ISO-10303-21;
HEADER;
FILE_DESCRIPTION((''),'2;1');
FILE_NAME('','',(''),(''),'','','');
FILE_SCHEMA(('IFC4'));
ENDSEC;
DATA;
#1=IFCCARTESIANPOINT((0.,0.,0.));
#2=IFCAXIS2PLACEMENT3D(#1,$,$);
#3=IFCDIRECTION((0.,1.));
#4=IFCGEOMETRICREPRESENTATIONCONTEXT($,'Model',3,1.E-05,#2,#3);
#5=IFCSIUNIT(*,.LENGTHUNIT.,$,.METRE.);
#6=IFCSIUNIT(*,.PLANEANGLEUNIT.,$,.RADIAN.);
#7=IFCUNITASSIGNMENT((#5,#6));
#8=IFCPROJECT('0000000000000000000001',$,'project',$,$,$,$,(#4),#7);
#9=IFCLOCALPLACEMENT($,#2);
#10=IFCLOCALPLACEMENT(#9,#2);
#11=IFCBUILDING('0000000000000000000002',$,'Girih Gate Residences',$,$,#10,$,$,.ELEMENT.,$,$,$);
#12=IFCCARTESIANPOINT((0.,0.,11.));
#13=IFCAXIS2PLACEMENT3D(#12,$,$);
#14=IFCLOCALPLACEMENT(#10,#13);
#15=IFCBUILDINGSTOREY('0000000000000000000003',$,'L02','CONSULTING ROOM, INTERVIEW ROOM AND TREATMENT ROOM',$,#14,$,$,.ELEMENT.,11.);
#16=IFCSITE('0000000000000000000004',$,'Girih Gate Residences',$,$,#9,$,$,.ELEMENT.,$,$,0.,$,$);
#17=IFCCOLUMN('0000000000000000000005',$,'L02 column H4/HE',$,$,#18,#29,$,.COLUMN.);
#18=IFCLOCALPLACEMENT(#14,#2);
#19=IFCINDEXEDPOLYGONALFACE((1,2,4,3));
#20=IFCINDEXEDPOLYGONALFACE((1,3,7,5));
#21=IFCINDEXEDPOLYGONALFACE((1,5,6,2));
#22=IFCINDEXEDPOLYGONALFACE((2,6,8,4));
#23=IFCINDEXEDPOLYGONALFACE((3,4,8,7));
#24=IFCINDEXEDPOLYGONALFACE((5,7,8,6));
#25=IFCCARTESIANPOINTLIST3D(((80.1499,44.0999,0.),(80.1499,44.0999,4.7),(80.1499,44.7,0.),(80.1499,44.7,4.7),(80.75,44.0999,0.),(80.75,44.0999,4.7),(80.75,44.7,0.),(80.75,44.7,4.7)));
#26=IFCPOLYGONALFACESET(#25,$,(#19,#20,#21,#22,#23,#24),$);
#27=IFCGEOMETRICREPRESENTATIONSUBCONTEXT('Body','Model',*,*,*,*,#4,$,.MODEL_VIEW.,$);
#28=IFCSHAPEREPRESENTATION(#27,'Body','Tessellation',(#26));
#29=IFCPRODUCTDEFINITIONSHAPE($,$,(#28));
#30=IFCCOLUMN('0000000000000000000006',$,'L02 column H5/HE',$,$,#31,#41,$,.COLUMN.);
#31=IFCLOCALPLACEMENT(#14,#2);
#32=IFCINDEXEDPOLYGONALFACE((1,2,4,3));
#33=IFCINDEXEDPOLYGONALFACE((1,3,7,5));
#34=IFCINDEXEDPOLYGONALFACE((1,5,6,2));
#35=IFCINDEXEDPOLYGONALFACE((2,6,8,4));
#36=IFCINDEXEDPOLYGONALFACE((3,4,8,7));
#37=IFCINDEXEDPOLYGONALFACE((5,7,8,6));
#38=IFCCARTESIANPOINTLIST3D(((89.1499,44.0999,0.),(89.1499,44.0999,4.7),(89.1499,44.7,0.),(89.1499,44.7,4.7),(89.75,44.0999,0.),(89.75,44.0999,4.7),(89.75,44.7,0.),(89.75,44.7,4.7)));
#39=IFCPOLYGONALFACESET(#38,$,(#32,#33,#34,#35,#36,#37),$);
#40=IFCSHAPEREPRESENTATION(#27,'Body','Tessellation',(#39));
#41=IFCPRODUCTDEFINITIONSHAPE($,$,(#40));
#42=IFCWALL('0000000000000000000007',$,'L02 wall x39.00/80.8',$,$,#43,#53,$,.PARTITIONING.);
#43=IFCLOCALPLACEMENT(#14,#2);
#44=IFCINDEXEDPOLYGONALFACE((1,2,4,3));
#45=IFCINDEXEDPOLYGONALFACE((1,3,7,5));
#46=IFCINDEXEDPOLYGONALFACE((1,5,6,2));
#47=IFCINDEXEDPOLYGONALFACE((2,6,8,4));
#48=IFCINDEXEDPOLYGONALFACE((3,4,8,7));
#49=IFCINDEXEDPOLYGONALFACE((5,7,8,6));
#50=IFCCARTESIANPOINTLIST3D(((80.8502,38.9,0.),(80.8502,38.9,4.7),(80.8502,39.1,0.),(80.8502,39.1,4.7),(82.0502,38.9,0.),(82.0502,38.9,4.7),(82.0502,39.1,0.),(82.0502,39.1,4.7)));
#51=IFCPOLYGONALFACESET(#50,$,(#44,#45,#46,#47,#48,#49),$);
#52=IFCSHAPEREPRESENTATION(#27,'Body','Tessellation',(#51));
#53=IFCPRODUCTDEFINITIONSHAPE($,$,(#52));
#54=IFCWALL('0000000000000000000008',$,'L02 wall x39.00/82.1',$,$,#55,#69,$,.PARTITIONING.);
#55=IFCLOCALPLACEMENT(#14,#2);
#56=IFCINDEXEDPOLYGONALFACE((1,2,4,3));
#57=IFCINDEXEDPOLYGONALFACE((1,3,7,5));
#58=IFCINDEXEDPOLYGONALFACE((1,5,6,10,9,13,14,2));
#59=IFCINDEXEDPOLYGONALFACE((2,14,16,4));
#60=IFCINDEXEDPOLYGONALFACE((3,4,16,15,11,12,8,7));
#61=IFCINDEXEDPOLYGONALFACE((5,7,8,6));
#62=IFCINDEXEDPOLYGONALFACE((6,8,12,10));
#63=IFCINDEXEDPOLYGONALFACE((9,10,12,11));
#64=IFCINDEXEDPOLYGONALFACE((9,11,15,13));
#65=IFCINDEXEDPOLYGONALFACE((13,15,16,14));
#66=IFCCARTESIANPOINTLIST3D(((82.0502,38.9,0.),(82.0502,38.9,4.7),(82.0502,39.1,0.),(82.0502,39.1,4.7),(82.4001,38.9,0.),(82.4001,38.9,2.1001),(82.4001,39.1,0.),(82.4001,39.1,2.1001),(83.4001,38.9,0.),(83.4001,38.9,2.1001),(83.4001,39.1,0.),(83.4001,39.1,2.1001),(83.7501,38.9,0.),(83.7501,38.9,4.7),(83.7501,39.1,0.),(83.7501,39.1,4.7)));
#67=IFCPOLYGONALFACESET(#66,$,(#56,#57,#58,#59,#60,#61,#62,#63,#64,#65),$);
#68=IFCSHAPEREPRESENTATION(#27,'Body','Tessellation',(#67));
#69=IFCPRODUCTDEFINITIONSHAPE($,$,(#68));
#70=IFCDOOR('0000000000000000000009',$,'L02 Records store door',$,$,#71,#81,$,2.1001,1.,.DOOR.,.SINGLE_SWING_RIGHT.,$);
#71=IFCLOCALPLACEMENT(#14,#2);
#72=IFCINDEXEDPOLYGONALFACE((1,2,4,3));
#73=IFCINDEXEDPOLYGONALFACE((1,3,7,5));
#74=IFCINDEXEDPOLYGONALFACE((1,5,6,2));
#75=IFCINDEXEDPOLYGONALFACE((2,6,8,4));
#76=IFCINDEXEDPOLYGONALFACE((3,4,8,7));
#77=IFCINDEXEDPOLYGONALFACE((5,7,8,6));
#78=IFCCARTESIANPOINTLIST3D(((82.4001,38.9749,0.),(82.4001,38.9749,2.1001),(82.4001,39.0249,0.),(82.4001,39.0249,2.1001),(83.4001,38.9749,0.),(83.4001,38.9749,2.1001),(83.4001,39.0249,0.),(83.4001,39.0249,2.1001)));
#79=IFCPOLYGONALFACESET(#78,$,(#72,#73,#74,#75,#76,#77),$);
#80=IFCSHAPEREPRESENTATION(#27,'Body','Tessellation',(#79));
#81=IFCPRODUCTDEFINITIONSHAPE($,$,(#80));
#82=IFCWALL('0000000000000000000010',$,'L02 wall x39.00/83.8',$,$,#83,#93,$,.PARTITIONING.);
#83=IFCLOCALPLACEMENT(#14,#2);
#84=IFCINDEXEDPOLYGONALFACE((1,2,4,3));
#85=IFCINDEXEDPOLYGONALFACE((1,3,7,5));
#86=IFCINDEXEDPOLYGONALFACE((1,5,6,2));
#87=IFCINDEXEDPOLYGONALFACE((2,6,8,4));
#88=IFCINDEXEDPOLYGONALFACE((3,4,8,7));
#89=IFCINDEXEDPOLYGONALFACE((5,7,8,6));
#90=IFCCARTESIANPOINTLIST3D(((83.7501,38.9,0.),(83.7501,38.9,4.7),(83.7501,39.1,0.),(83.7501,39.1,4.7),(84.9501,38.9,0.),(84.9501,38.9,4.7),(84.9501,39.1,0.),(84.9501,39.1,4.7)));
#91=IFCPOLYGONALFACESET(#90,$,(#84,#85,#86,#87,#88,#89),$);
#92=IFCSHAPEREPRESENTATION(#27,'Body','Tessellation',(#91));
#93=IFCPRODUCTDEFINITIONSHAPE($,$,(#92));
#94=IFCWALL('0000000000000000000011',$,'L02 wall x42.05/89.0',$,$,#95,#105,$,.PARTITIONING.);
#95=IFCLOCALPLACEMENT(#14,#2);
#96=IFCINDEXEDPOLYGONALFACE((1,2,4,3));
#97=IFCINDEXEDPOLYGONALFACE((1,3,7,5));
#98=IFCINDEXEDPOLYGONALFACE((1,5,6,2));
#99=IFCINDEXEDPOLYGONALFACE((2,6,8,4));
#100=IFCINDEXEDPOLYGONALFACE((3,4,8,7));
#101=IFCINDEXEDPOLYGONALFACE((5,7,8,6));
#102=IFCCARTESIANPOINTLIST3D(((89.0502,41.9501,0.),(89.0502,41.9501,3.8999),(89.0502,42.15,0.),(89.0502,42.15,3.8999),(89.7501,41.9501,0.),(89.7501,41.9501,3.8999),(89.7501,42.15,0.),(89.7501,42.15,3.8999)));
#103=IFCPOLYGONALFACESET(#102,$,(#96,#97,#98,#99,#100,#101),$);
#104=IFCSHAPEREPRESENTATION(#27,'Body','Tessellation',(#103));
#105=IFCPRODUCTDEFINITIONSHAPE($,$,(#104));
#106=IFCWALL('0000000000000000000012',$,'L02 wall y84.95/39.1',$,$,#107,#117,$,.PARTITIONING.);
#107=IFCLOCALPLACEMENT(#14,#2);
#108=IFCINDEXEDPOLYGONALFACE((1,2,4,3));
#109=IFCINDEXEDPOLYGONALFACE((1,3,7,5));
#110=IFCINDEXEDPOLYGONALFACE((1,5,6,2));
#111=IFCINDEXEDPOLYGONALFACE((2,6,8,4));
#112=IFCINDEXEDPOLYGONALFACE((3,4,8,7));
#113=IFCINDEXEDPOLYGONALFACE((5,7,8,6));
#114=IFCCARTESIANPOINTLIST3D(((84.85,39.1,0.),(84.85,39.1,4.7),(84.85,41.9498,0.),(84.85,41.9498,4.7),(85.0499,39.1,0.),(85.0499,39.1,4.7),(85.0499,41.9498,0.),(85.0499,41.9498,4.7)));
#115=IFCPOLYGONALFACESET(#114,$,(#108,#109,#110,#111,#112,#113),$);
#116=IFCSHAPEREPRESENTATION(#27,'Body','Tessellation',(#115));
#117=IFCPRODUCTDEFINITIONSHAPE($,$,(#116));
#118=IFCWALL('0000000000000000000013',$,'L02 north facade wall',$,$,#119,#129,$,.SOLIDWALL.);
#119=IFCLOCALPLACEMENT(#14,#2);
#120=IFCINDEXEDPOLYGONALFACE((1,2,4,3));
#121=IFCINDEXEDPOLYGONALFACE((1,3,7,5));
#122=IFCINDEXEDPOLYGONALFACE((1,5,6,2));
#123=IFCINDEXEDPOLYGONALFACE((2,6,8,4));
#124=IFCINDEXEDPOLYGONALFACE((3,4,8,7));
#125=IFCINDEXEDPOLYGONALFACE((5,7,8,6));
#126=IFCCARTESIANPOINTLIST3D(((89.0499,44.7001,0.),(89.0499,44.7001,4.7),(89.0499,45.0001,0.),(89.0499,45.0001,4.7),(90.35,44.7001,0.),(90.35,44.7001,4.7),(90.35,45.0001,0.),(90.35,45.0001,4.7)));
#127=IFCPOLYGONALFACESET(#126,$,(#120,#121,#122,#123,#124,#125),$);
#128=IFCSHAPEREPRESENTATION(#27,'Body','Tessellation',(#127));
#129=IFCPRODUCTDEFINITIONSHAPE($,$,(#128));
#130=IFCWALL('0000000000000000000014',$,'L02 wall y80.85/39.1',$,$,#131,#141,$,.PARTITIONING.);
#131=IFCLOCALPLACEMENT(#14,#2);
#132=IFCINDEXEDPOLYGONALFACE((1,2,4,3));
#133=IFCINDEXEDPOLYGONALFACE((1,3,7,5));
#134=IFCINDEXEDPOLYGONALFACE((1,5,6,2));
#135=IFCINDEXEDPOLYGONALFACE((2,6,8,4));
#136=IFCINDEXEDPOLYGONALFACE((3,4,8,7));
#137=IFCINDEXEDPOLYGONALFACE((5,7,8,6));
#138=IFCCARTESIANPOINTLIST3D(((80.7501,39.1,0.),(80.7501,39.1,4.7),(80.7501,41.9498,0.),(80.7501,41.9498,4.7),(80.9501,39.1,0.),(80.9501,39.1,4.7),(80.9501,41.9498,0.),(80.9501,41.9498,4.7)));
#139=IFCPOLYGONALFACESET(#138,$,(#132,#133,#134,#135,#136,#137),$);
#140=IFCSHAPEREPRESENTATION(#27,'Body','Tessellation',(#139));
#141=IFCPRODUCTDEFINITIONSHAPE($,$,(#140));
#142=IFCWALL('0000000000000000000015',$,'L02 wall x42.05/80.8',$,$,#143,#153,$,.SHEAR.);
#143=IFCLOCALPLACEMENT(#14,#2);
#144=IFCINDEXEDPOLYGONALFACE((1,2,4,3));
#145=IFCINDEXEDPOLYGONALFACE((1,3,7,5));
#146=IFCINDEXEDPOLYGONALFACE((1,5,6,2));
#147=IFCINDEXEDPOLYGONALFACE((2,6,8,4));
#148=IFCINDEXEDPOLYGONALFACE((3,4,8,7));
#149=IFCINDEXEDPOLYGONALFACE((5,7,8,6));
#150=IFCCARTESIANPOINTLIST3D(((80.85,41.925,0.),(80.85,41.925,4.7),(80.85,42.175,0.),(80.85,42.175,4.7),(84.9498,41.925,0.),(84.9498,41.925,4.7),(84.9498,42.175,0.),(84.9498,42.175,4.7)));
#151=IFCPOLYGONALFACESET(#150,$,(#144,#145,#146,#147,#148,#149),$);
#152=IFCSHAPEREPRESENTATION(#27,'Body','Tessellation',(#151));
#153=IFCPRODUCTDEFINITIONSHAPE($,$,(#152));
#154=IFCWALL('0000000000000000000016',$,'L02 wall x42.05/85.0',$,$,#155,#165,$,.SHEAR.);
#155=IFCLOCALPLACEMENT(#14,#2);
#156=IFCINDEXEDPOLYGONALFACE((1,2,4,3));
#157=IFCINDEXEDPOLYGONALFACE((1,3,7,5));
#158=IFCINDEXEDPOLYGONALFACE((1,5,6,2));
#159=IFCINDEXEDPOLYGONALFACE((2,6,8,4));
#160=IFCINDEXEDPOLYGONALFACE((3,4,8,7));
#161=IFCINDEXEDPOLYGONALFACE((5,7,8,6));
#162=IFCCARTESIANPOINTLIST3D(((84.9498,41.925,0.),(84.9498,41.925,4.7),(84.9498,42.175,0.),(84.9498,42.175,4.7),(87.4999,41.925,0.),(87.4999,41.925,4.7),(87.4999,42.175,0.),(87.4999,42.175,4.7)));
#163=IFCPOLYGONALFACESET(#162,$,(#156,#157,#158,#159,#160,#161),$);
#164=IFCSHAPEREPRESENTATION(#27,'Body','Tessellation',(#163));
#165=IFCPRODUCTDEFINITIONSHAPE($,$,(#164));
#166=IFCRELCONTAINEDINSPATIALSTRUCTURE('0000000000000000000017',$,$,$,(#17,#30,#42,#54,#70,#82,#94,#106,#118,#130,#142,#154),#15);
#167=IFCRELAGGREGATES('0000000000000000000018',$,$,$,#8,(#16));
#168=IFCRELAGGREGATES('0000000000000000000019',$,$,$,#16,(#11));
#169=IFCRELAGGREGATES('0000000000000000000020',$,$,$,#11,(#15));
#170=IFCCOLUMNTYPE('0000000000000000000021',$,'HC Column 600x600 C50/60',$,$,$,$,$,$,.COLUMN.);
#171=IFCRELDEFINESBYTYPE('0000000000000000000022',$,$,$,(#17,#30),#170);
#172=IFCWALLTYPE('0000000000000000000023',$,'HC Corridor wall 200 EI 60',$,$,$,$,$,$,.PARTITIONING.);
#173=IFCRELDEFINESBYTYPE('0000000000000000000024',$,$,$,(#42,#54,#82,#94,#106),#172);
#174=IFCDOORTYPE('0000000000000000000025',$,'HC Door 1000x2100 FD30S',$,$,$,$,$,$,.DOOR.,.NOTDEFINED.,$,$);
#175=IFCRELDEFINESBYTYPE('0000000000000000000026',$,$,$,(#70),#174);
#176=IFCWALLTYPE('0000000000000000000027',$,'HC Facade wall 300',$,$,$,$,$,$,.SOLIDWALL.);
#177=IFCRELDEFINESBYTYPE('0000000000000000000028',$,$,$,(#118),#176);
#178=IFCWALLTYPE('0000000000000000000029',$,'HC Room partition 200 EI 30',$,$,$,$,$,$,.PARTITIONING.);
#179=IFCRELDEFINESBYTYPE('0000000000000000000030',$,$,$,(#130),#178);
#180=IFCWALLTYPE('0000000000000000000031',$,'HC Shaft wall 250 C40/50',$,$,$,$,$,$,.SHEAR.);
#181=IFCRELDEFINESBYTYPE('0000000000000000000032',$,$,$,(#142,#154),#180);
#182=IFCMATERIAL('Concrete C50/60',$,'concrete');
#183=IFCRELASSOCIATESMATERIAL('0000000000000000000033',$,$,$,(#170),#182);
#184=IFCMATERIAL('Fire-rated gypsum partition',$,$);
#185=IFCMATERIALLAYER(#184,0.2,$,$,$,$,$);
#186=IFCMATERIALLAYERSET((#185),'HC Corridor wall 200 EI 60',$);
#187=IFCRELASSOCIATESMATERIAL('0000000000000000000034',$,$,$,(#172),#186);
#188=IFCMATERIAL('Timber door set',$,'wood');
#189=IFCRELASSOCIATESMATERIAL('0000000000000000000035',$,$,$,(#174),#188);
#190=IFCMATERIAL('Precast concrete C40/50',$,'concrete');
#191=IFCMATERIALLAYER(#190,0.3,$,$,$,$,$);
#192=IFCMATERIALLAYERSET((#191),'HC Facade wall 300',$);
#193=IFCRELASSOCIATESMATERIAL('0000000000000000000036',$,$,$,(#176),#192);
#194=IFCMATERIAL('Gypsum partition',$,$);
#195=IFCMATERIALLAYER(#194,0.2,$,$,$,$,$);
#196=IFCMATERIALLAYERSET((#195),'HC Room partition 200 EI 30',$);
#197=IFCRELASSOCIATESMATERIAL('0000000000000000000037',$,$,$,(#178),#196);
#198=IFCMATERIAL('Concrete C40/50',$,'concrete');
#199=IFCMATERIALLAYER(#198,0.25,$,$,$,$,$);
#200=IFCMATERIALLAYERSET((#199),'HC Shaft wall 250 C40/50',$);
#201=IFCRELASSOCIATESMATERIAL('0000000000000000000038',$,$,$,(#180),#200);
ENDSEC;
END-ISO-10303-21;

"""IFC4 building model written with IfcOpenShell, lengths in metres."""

from ifc_helpers import new_model, si_unit, direction, frame, frame_2d, origin, origin_2d, place, context, subcontext, project, spatial, rectangle, extrude, material, layer, layer_set, material_profile, profile_set, type_object, element, fill, save


model = new_model("IFC4")

# Units and contexts
model_context = context("Model", 3, precision=1e-05, world=origin(), true_north=direction((0.0, 1.0)))
body_context = subcontext(model_context, "Body", "Model", "MODEL_VIEW")
ifc_project = project(units=[si_unit("LENGTHUNIT", "METRE"), si_unit("PLANEANGLEUNIT", "RADIAN")], contexts=[model_context])

# Site, building, storey
site_placement = place(None, origin())
site = spatial("IfcSite", under=ifc_project, at=site_placement, Name="Girih Gate Residences", CompositionType="ELEMENT", RefElevation=0.0)
building_placement = place(site_placement, origin())
building = spatial("IfcBuilding", under=site, at=building_placement, Name="Girih Gate Residences", CompositionType="ELEMENT")
storey_placement = place(building_placement, frame((0.0, 0.0, 11.0)))
storey = spatial("IfcBuildingStorey", under=building, at=storey_placement, Name="L02", Description="CONSULTING ROOM, INTERVIEW ROOM AND TREATMENT ROOM", CompositionType="ELEMENT", Elevation=11.0)

# Columns
ifc_material_1 = material(Name="Concrete C50/60", Category="concrete")
ifc_material_profile = material_profile(ifc_material_1, rectangle(XDim=0.6001, YDim=0.6001, at=origin_2d()))
ifc_profile_set = profile_set([ifc_material_profile], Name="Concrete C50/60")
column_type = type_object("IfcColumnType", Name="HC Column 600x600 C50/60", PredefinedType="COLUMN", material=ifc_profile_set)
for number, where, z_axis, x_axis, name in (
    (1, (80.45, 44.3999, 0.0), (0.0, 0.0, 1.0), (1.0, 0.0, 0.0), "L02 column H4/HE"),
    (2, (89.45, 44.3999, 0.0), (0.0, 0.0, 1.0), (1.0, 0.0, 0.0), "L02 column H5/HE"),
):
    element("IfcColumn", number, at=place(storey_placement, frame(where, z_axis=z_axis, x_axis=x_axis)), inside=storey, type_object=column_type, Name=name, PredefinedType="COLUMN", context=body_context, shape_type="SweptSolid", body=[
        extrude(rectangle(XDim=0.6001, YDim=0.6001, at=origin_2d()), origin(), (0.0, 0.0, 1.0), 4.7),
    ])

# Wall
ifc_material_2 = material(Name="Fire-rated gypsum partition")
ifc_layer_1 = layer(ifc_material_2, 0.2)
ifc_layer_set_1 = layer_set([ifc_layer_1], Name="HC Corridor wall 200 EI 60")
wall_type_1 = type_object("IfcWallType", Name="HC Corridor wall 200 EI 60", PredefinedType="PARTITIONING", material=ifc_layer_set_1)
wall_1_placement = place(storey_placement, frame((80.8501, 39.0, 0.0), z_axis=(0.0, 0.0, 1.0), x_axis=(1.0, 0.0, 0.0)))
element("IfcWall", 3, at=wall_1_placement, inside=storey, type_object=wall_type_1, Name="L02 wall x39.00/80.8", PredefinedType="PARTITIONING", context=body_context, shape_type="SweptSolid", body=[
    extrude(rectangle(XDim=1.2, YDim=0.2, at=frame_2d((0.6001, 0.0))), origin(), (0.0, 0.0, 1.0), 4.7),
])

# Wall, opening, door
wall_2_placement = place(storey_placement, frame((82.05, 39.0, 0.0), z_axis=(0.0, 0.0, 1.0), x_axis=(1.0, 0.0, 0.0)))
wall_2 = element("IfcWall", 4, at=wall_2_placement, inside=storey, type_object=wall_type_1, Name="L02 wall x39.00/82.1", PredefinedType="PARTITIONING", context=body_context, shape_type="SweptSolid", body=[
    extrude(rectangle(XDim=1.7, YDim=0.2, at=frame_2d((0.8501, 0.0))), origin(), (0.0, 0.0, 1.0), 4.7),
])
opening_1_placement = place(wall_2_placement, frame((0.3501, 0.0, 0.0)))
opening_1 = element("IfcOpeningElement", 5, at=opening_1_placement, cuts=wall_2, PredefinedType="OPENING", context=body_context, shape_type="SweptSolid", body=[
    extrude(rectangle(XDim=1.0, YDim=2.1001, at=frame_2d((0.5, 1.05))), frame((0.0, 0.1099, 0.0), z_axis=(0.0, -1.0, 0.0), x_axis=(1.0, 0.0, 0.0)), (0.0, 0.0, 1.0), 0.22),
])
ifc_material_3 = material(Name="Timber door set", Category="wood")
door_type_1 = type_object("IfcDoorType", Name="HC Door 1000x2100 FD30S", OperationType="NOTDEFINED", PredefinedType="DOOR", material=ifc_material_3)
door_1_placement = place(opening_1_placement, origin())
door_1 = element("IfcDoor", 6, at=door_1_placement, inside=storey, type_object=door_type_1, Name="L02 Records store door", OperationType="SINGLE_SWING_RIGHT", OverallHeight=2.1001, OverallWidth=1.0, PredefinedType="DOOR", context=body_context, shape_type="SweptSolid", body=[
    extrude(rectangle(XDim=1.0, YDim=2.1001, at=frame_2d((0.5, 1.05))), frame((0.0, 0.0249, 0.0), z_axis=(0.0, -1.0, 0.0), x_axis=(1.0, 0.0, 0.0)), (0.0, 0.0, 1.0), 0.05),
])
fill(opening_1, door_1)

# Walls
wall_3_placement = place(storey_placement, frame((83.75, 39.0, 0.0), z_axis=(0.0, 0.0, 1.0), x_axis=(1.0, 0.0, 0.0)))
element("IfcWall", 7, at=wall_3_placement, inside=storey, type_object=wall_type_1, Name="L02 wall x39.00/83.8", PredefinedType="PARTITIONING", context=body_context, shape_type="SweptSolid", body=[
    extrude(rectangle(XDim=1.2, YDim=0.2, at=frame_2d((0.6001, 0.0))), origin(), (0.0, 0.0, 1.0), 4.7),
])
wall_4_placement = place(storey_placement, frame((89.05, 42.05, 0.0), z_axis=(0.0, 0.0, 1.0), x_axis=(1.0, 0.0, 0.0)))
element("IfcWall", 8, at=wall_4_placement, inside=storey, type_object=wall_type_1, Name="L02 wall x42.05/89.0", PredefinedType="PARTITIONING", context=body_context, shape_type="SweptSolid", body=[
    extrude(rectangle(XDim=0.7, YDim=0.2, at=frame_2d((0.3501, 0.0))), origin(), (0.0, 0.0, 1.0), 3.8999),
])
wall_5_placement = place(storey_placement, frame((84.95, 39.1001, 0.0), z_axis=(0.0, 0.0, 1.0), x_axis=(0.0, 1.0, 0.0)))
element("IfcWall", 9, at=wall_5_placement, inside=storey, type_object=wall_type_1, Name="L02 wall y84.95/39.1", PredefinedType="PARTITIONING", context=body_context, shape_type="SweptSolid", body=[
    extrude(rectangle(XDim=2.8499, YDim=0.2, at=frame_2d((1.4248, 0.0))), origin(), (0.0, 0.0, 1.0), 4.7),
])
ifc_material_4 = material(Name="Precast concrete C40/50", Category="concrete")
ifc_layer_2 = layer(ifc_material_4, 0.3)
ifc_layer_set_2 = layer_set([ifc_layer_2], Name="HC Facade wall 300")
wall_type_2 = type_object("IfcWallType", Name="HC Facade wall 300", PredefinedType="SOLIDWALL", material=ifc_layer_set_2)
wall_6_placement = place(storey_placement, frame((89.05, 44.8501, 0.0), z_axis=(0.0, 0.0, 1.0), x_axis=(1.0, 0.0, 0.0)))
element("IfcWall", 10, at=wall_6_placement, inside=storey, type_object=wall_type_2, Name="L02 north facade wall", PredefinedType="SOLIDWALL", context=body_context, shape_type="SweptSolid", body=[
    extrude(rectangle(XDim=1.3, YDim=0.3, at=frame_2d((0.6499, 0.0))), origin(), (0.0, 0.0, 1.0), 4.7),
])
ifc_material_5 = material(Name="Gypsum partition")
ifc_layer_3 = layer(ifc_material_5, 0.2)
ifc_layer_set_3 = layer_set([ifc_layer_3], Name="HC Room partition 200 EI 30")
wall_type_3 = type_object("IfcWallType", Name="HC Room partition 200 EI 30", PredefinedType="PARTITIONING", material=ifc_layer_set_3)
wall_7_placement = place(storey_placement, frame((80.8501, 39.1001, 0.0), z_axis=(0.0, 0.0, 1.0), x_axis=(0.0, 1.0, 0.0)))
element("IfcWall", 11, at=wall_7_placement, inside=storey, type_object=wall_type_3, Name="L02 wall y80.85/39.1", PredefinedType="PARTITIONING", context=body_context, shape_type="SweptSolid", body=[
    extrude(rectangle(XDim=2.8499, YDim=0.2, at=frame_2d((1.4248, 0.0))), origin(), (0.0, 0.0, 1.0), 4.7),
])
ifc_material_6 = material(Name="Concrete C40/50", Category="concrete")
ifc_layer_4 = layer(ifc_material_6, 0.25)
ifc_layer_set_4 = layer_set([ifc_layer_4], Name="HC Shaft wall 250 C40/50")
wall_type_4 = type_object("IfcWallType", Name="HC Shaft wall 250 C40/50", PredefinedType="SHEAR", material=ifc_layer_set_4)
wall_8_placement = place(storey_placement, frame((80.8501, 42.05, 0.0), z_axis=(0.0, 0.0, 1.0), x_axis=(1.0, 0.0, 0.0)))
element("IfcWall", 12, at=wall_8_placement, inside=storey, type_object=wall_type_4, Name="L02 wall x42.05/80.8", PredefinedType="SHEAR", context=body_context, shape_type="SweptSolid", body=[
    extrude(rectangle(XDim=4.0999, YDim=0.25, at=frame_2d((2.0498, 0.0))), origin(), (0.0, 0.0, 1.0), 4.7),
])
wall_9_placement = place(storey_placement, frame((84.95, 42.05, 0.0), z_axis=(0.0, 0.0, 1.0), x_axis=(1.0, 0.0, 0.0)))
element("IfcWall", 13, at=wall_9_placement, inside=storey, type_object=wall_type_4, Name="L02 wall x42.05/85.0", PredefinedType="SHEAR", context=body_context, shape_type="SweptSolid", body=[
    extrude(rectangle(XDim=2.55, YDim=0.25, at=frame_2d((1.2749, 0.0))), origin(), (0.0, 0.0, 1.0), 4.7),
])

save(model, "model.ifc")
